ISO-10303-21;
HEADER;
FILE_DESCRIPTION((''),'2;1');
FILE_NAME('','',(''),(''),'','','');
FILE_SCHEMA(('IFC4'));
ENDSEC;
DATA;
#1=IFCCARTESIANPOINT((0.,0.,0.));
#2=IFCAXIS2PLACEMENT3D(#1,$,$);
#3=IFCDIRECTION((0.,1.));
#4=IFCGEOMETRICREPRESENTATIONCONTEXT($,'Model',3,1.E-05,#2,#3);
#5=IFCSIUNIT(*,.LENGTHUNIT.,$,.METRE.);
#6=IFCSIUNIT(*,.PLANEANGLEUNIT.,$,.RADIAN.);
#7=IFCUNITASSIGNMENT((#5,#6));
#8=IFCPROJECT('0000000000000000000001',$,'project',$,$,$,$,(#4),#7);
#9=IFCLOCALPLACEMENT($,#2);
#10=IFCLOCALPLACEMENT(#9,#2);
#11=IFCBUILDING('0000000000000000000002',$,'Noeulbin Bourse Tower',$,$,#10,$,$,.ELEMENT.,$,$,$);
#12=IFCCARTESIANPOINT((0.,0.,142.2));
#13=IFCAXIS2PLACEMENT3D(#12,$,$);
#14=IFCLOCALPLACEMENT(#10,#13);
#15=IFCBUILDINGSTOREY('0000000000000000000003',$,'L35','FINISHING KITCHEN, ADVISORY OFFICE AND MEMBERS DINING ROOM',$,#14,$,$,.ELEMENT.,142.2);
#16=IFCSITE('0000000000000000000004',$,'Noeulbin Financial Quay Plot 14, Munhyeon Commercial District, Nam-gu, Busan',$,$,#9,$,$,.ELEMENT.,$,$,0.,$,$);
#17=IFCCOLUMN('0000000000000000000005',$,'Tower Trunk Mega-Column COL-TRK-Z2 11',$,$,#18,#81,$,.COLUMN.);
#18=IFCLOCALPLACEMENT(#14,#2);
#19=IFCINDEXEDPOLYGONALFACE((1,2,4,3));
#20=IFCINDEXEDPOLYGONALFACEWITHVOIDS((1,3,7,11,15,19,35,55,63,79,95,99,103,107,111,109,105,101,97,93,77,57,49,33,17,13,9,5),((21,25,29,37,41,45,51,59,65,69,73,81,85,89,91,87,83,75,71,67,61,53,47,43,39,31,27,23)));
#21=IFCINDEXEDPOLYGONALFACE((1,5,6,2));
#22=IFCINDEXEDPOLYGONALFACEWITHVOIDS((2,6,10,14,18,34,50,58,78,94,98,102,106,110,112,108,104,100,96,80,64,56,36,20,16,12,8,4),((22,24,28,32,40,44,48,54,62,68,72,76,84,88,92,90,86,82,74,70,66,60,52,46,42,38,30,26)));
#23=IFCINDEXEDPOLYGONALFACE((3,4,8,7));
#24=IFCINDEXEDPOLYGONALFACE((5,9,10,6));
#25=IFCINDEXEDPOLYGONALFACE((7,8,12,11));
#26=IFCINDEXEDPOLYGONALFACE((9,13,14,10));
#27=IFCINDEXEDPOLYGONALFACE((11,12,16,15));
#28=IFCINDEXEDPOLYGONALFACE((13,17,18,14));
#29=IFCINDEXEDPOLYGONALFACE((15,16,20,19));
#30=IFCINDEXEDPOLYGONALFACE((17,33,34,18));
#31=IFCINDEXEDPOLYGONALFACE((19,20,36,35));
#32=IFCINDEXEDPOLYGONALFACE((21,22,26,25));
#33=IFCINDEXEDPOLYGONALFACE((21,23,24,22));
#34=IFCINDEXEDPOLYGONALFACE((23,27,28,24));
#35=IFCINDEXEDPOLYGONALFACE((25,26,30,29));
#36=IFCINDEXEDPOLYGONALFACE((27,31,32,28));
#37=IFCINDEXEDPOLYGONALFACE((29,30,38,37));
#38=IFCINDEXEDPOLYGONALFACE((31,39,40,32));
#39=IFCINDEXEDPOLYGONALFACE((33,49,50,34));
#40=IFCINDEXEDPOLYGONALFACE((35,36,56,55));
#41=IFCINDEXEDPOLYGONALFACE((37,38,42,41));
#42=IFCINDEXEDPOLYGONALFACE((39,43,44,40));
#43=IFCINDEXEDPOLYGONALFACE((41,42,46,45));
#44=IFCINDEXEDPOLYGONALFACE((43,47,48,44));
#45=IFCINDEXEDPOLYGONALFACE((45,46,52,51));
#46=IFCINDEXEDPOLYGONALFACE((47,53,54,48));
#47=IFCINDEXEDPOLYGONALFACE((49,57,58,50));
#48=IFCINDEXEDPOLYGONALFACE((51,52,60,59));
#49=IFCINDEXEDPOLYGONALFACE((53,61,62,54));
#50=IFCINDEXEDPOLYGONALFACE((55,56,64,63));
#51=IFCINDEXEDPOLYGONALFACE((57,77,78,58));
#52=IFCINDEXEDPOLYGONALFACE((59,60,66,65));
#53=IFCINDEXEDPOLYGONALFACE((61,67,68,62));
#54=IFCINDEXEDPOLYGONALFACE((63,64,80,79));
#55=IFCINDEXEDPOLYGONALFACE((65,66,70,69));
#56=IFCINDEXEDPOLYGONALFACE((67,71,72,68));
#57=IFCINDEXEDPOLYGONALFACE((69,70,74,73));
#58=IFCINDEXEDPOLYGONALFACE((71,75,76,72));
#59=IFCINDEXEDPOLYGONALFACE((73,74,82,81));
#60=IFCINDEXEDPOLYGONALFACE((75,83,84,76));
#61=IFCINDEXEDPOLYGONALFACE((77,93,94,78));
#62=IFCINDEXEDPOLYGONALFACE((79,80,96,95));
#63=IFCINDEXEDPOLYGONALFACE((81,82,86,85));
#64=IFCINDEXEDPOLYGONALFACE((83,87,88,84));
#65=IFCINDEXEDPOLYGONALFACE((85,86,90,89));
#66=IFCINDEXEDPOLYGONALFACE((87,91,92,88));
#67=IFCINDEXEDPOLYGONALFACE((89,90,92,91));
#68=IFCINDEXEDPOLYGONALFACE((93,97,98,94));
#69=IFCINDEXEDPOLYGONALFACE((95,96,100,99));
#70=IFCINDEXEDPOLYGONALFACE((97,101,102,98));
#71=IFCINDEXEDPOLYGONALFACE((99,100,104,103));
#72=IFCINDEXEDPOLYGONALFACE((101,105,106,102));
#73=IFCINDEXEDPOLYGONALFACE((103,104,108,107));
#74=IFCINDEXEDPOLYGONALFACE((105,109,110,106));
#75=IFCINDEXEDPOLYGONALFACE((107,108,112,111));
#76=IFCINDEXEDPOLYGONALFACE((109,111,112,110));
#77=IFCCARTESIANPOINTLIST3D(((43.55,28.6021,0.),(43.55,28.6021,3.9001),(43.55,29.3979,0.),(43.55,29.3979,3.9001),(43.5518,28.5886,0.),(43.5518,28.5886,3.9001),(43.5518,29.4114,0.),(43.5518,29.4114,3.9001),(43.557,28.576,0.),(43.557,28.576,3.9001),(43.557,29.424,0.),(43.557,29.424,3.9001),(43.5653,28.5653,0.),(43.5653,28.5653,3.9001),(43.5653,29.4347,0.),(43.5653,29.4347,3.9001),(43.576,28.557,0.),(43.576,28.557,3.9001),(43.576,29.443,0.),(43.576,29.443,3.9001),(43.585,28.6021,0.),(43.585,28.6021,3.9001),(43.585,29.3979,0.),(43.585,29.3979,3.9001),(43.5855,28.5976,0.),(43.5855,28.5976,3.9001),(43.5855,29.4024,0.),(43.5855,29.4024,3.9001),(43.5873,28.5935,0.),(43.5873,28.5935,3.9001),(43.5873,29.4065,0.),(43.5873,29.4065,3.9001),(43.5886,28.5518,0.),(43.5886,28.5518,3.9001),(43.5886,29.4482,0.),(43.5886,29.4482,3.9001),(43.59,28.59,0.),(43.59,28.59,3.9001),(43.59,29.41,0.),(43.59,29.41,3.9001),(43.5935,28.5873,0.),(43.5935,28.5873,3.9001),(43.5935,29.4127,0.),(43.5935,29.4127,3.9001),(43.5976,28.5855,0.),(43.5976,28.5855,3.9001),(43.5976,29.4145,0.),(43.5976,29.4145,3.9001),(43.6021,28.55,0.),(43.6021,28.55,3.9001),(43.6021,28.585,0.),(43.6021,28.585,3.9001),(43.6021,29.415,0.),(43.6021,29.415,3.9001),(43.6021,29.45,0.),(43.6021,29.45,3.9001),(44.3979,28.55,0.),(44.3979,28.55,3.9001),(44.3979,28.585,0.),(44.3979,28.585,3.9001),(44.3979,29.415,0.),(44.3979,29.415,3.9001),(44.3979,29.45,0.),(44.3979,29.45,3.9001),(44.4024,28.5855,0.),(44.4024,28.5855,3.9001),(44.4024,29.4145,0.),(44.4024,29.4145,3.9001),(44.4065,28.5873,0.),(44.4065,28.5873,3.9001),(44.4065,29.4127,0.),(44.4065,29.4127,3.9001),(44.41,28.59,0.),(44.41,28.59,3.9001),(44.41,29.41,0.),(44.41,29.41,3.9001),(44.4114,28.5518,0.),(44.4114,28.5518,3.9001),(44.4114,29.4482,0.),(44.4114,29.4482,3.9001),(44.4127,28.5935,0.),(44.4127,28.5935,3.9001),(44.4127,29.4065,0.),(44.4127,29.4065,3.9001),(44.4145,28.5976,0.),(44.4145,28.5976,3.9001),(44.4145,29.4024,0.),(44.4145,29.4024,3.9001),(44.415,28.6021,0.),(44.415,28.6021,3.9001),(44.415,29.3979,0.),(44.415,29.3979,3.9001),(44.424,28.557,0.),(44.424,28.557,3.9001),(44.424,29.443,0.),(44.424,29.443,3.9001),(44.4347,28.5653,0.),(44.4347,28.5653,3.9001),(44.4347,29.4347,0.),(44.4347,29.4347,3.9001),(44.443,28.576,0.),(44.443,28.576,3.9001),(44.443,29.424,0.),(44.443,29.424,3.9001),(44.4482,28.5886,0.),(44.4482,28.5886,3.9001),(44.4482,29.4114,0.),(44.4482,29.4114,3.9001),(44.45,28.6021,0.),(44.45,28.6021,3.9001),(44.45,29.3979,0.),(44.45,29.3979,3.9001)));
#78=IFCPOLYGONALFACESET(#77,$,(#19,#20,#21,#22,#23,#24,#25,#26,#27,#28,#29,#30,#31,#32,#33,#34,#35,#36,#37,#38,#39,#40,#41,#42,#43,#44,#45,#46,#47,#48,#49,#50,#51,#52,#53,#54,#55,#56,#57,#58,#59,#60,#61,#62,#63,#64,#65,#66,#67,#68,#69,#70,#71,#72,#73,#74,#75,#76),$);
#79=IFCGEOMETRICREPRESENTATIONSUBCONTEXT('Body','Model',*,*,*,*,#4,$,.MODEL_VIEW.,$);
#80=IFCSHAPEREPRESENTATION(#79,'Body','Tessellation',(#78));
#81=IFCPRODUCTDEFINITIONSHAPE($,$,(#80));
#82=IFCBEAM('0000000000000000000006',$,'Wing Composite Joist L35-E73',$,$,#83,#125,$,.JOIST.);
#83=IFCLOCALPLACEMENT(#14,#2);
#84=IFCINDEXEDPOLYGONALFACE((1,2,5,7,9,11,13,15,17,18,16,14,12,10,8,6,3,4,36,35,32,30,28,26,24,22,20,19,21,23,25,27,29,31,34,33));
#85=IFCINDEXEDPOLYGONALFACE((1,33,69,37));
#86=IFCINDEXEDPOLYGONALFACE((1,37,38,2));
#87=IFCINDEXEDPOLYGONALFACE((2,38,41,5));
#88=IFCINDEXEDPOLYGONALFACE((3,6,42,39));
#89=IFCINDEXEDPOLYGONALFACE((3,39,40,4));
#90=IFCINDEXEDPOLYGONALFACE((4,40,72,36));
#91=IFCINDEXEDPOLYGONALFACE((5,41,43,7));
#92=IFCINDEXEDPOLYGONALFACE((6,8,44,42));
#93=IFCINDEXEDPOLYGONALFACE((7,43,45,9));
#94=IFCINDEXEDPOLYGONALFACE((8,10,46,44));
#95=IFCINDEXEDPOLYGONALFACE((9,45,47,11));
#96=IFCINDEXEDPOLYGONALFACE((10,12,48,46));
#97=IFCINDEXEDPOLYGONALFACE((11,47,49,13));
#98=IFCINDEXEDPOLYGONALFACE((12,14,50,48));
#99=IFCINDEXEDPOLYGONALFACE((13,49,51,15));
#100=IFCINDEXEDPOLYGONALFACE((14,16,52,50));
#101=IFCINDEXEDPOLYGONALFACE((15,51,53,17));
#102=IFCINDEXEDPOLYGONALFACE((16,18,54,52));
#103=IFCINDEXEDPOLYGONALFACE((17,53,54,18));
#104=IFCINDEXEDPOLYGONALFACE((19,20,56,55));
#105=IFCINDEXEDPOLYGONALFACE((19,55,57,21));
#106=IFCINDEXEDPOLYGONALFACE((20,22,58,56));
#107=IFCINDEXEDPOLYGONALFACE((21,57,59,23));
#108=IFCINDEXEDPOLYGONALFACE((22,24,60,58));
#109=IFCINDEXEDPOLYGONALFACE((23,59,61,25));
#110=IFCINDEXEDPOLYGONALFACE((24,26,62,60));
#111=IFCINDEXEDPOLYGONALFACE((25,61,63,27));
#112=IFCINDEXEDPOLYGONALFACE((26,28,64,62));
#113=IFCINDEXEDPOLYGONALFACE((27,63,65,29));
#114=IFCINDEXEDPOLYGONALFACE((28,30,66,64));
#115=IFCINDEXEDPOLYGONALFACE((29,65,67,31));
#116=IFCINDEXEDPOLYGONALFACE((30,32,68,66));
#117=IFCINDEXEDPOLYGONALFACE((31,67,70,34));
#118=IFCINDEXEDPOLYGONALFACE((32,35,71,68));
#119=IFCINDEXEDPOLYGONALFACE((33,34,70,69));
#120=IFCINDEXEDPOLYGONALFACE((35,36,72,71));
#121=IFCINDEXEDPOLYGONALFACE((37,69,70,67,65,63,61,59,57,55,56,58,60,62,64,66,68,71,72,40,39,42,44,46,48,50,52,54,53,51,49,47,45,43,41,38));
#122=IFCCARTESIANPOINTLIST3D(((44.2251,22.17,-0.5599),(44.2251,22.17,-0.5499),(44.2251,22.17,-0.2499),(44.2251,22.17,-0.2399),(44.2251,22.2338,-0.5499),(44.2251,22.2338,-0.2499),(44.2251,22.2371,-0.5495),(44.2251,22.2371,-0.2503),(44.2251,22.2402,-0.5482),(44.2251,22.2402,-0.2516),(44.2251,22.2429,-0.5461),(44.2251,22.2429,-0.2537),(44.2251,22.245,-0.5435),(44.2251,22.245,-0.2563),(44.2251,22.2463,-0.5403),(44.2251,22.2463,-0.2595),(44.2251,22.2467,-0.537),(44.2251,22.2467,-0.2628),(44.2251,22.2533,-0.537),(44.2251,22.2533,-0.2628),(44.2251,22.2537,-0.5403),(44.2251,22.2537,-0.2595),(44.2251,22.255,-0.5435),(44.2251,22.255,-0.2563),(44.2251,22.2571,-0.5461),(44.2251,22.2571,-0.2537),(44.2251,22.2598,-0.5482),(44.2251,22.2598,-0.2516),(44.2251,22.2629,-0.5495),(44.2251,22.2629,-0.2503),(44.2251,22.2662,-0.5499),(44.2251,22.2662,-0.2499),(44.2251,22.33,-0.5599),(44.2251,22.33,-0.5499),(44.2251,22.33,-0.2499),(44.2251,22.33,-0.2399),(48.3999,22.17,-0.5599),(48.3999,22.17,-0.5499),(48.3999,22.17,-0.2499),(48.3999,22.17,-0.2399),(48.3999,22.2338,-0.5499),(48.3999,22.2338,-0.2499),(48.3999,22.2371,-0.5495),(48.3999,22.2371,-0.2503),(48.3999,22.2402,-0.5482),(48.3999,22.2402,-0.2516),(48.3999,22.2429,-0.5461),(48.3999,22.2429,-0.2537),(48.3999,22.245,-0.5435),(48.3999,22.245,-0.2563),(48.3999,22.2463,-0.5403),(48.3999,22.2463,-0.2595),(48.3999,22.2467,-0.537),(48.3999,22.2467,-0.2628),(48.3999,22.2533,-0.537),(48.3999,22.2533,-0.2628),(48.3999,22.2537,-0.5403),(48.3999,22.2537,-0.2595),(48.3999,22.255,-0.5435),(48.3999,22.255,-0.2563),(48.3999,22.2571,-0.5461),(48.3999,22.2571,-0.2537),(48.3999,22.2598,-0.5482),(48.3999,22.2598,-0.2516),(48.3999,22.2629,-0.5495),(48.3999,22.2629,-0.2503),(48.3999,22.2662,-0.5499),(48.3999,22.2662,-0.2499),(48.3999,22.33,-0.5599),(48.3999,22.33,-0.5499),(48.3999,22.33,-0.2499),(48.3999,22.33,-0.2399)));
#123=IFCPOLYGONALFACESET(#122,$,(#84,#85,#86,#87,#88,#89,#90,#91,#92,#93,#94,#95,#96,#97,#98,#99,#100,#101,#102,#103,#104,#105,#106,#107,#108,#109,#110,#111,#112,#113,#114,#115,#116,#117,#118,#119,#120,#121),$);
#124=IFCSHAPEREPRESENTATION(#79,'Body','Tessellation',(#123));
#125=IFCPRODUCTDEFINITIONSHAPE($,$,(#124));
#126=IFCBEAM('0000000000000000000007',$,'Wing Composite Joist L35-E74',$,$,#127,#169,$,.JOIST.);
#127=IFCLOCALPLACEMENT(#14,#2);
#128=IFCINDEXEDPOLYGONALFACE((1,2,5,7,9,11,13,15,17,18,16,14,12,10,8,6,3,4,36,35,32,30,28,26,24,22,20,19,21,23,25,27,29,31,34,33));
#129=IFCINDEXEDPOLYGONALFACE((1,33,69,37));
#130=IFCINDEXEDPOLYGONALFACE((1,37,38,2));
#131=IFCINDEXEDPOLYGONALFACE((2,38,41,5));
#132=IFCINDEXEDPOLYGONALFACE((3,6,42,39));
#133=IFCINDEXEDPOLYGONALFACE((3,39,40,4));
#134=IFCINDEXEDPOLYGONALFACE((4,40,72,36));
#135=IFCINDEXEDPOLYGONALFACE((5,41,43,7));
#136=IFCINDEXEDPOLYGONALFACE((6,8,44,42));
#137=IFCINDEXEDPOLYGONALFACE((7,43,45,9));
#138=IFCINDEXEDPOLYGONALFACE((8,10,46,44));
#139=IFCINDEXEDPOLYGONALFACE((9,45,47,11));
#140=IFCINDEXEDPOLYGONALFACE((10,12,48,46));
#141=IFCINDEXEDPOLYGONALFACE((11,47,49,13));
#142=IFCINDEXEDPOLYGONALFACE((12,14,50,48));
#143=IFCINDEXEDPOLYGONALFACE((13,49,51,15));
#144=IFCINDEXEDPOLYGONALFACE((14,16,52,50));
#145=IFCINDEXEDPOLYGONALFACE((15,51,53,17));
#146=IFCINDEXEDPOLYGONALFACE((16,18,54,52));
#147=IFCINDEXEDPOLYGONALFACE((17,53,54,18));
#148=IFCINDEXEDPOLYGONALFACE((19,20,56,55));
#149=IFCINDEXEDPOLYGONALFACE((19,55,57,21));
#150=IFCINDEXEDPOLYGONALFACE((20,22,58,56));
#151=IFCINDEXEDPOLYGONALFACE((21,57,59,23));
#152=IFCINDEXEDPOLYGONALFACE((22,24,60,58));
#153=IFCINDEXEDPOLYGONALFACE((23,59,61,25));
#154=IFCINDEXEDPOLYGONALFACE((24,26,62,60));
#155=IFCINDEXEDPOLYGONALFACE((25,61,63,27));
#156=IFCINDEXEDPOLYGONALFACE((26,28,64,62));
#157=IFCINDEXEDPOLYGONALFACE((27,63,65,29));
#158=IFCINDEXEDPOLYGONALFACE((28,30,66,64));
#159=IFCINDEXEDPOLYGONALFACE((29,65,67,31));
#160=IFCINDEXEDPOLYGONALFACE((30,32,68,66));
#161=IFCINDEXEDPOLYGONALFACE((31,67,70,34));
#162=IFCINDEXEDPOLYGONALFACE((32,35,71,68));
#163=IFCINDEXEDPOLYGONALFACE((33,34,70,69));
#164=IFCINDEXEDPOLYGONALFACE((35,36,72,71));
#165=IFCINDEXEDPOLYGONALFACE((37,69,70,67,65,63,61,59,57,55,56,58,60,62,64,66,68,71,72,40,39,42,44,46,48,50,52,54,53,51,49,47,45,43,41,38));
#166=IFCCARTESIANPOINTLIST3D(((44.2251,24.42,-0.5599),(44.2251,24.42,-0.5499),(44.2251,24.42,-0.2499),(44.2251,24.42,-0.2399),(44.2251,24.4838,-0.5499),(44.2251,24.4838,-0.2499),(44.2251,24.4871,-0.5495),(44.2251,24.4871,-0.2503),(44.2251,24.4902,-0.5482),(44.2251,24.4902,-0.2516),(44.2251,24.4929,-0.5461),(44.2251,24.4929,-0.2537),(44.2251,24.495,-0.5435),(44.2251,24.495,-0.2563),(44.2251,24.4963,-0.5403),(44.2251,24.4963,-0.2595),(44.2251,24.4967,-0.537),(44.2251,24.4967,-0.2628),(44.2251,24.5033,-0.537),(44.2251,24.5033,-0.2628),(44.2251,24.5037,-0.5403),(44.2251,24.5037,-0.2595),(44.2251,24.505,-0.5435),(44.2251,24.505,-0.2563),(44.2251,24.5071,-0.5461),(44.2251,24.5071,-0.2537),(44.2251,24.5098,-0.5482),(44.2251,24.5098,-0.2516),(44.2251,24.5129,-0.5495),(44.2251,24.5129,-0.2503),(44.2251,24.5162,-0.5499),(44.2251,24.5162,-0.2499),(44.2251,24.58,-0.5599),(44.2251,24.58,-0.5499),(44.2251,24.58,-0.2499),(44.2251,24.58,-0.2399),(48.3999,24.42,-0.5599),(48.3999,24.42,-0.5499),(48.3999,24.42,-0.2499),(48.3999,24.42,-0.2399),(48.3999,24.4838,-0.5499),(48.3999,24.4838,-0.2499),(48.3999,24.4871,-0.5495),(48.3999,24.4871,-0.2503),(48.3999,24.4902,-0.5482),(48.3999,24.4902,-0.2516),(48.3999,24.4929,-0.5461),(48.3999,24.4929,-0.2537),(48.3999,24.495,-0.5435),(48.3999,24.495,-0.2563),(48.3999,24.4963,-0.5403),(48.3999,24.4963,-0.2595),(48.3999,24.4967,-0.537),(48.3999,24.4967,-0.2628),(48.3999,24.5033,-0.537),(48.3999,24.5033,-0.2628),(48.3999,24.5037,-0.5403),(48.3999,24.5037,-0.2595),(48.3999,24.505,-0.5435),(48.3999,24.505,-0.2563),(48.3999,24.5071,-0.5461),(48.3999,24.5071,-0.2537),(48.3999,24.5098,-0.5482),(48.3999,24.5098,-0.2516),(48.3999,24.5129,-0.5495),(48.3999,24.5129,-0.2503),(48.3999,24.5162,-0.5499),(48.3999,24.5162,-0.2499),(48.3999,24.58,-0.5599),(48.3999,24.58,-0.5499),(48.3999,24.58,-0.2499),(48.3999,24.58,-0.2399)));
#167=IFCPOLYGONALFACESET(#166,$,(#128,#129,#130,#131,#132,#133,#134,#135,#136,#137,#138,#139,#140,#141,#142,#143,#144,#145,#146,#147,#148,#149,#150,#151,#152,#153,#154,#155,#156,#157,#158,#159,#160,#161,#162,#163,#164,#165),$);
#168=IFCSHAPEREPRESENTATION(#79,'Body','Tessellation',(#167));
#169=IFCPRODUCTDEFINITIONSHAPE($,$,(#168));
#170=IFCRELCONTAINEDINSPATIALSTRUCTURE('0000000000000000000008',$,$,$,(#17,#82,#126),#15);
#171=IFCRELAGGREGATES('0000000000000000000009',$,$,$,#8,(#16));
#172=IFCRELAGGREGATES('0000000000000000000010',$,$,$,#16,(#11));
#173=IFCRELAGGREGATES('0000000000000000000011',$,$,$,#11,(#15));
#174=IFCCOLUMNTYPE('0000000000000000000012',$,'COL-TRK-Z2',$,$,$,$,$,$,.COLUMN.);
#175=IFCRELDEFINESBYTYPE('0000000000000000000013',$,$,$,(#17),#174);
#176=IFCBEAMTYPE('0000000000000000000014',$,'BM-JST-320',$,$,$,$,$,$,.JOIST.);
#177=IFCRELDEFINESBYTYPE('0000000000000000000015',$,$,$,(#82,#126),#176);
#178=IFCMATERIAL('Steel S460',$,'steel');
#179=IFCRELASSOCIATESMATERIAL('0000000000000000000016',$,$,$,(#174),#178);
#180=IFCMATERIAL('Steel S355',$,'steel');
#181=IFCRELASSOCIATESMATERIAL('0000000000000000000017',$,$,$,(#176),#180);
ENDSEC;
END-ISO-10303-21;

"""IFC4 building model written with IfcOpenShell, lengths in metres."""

from ifc_helpers import new_model, si_unit, direction, frame, origin, origin_2d, place, context, subcontext, project, spatial, hollow_rectangle, i_section, extrude, material, material_profile, profile_set, type_object, element, save


model = new_model("IFC4")

# Units and contexts
model_context = context("Model", 3, precision=1e-05, world=origin(), true_north=direction((0.0, 1.0)))
body_context = subcontext(model_context, "Body", "Model", "MODEL_VIEW")
ifc_project = project(units=[si_unit("LENGTHUNIT", "METRE"), si_unit("PLANEANGLEUNIT", "RADIAN")], contexts=[model_context])

# Site, building, storey
site_placement = place(None, origin())
site = spatial("IfcSite", under=ifc_project, at=site_placement, Name="Noeulbin Financial Quay Plot 14, Munhyeon Commercial District, Nam-gu, Busan", CompositionType="ELEMENT", RefElevation=0.0)
building_placement = place(site_placement, origin())
building = spatial("IfcBuilding", under=site, at=building_placement, Name="Noeulbin Bourse Tower", CompositionType="ELEMENT")
storey_placement = place(building_placement, frame((0.0, 0.0, 142.2)))
storey = spatial("IfcBuildingStorey", under=building, at=storey_placement, Name="L35", Description="FINISHING KITCHEN, ADVISORY OFFICE AND MEMBERS DINING ROOM", CompositionType="ELEMENT", Elevation=142.2)

# Column
ifc_material_1 = material(Name="Steel S355", Category="steel")
ifc_material_2 = material(Name="Steel S460", Category="steel")
ifc_material_profile_1 = material_profile(ifc_material_2, hollow_rectangle(XDim=0.8999, YDim=0.8999, WallThickness=0.0349, InnerFilletRadius=0.0171, OuterFilletRadius=0.052, at=origin_2d()), Name="BOX-900x900x35", Category="LoadBearing")
ifc_profile_set_1 = profile_set([ifc_material_profile_1], Name="Steel S460")
column_type_1 = type_object("IfcColumnType", Name="COL-TRK-Z2", PredefinedType="COLUMN", material=ifc_profile_set_1)
column_placement = place(storey_placement, frame((44.0, 29.0, 0.0), z_axis=(0.0, 0.0, 1.0), x_axis=(1.0, 0.0, 0.0)))
element("IfcColumn", 1, at=column_placement, inside=storey, type_object=column_type_1, Name="Tower Trunk Mega-Column COL-TRK-Z2 11", PredefinedType="COLUMN", context=body_context, shape_type="SweptSolid", body=[
    extrude(hollow_rectangle(XDim=0.8999, YDim=0.8999, WallThickness=0.0349, InnerFilletRadius=0.0171, OuterFilletRadius=0.052, at=origin_2d()), origin(), (0.0, 0.0, 1.0), 3.9001),
])

# Beams
ifc_material_profile_2 = material_profile(ifc_material_1, i_section(OverallWidth=0.1599, OverallDepth=0.3201, WebThickness=0.0066, FlangeThickness=0.01, FilletRadius=0.0129, at=origin_2d()), Name="H-320x160x6.5x10", Category="LoadBearing")
ifc_profile_set_2 = profile_set([ifc_material_profile_2], Name="Steel S355")
beam_type_1 = type_object("IfcBeamType", Name="BM-JST-320", PredefinedType="JOIST", material=ifc_profile_set_2)
for number, where, z_axis, x_axis, name in (
    (2, (44.2251, 22.25, -0.3999), (1.0, 0.0, 0.0), (0.0, 1.0, 0.0), "Wing Composite Joist L35-E73"),
    (3, (44.2251, 24.5, -0.3999), (1.0, 0.0, 0.0), (0.0, 1.0, 0.0), "Wing Composite Joist L35-E74"),
):
    element("IfcBeam", number, at=place(storey_placement, frame(where, z_axis=z_axis, x_axis=x_axis)), inside=storey, type_object=beam_type_1, Name=name, PredefinedType="JOIST", context=body_context, shape_type="SweptSolid", body=[
        extrude(i_section(OverallWidth=0.1599, OverallDepth=0.3201, WebThickness=0.0066, FlangeThickness=0.01, FilletRadius=0.0129, at=origin_2d()), origin(), (0.0, 0.0, 1.0), 4.1748),
    ])

save(model, "model.ifc")
